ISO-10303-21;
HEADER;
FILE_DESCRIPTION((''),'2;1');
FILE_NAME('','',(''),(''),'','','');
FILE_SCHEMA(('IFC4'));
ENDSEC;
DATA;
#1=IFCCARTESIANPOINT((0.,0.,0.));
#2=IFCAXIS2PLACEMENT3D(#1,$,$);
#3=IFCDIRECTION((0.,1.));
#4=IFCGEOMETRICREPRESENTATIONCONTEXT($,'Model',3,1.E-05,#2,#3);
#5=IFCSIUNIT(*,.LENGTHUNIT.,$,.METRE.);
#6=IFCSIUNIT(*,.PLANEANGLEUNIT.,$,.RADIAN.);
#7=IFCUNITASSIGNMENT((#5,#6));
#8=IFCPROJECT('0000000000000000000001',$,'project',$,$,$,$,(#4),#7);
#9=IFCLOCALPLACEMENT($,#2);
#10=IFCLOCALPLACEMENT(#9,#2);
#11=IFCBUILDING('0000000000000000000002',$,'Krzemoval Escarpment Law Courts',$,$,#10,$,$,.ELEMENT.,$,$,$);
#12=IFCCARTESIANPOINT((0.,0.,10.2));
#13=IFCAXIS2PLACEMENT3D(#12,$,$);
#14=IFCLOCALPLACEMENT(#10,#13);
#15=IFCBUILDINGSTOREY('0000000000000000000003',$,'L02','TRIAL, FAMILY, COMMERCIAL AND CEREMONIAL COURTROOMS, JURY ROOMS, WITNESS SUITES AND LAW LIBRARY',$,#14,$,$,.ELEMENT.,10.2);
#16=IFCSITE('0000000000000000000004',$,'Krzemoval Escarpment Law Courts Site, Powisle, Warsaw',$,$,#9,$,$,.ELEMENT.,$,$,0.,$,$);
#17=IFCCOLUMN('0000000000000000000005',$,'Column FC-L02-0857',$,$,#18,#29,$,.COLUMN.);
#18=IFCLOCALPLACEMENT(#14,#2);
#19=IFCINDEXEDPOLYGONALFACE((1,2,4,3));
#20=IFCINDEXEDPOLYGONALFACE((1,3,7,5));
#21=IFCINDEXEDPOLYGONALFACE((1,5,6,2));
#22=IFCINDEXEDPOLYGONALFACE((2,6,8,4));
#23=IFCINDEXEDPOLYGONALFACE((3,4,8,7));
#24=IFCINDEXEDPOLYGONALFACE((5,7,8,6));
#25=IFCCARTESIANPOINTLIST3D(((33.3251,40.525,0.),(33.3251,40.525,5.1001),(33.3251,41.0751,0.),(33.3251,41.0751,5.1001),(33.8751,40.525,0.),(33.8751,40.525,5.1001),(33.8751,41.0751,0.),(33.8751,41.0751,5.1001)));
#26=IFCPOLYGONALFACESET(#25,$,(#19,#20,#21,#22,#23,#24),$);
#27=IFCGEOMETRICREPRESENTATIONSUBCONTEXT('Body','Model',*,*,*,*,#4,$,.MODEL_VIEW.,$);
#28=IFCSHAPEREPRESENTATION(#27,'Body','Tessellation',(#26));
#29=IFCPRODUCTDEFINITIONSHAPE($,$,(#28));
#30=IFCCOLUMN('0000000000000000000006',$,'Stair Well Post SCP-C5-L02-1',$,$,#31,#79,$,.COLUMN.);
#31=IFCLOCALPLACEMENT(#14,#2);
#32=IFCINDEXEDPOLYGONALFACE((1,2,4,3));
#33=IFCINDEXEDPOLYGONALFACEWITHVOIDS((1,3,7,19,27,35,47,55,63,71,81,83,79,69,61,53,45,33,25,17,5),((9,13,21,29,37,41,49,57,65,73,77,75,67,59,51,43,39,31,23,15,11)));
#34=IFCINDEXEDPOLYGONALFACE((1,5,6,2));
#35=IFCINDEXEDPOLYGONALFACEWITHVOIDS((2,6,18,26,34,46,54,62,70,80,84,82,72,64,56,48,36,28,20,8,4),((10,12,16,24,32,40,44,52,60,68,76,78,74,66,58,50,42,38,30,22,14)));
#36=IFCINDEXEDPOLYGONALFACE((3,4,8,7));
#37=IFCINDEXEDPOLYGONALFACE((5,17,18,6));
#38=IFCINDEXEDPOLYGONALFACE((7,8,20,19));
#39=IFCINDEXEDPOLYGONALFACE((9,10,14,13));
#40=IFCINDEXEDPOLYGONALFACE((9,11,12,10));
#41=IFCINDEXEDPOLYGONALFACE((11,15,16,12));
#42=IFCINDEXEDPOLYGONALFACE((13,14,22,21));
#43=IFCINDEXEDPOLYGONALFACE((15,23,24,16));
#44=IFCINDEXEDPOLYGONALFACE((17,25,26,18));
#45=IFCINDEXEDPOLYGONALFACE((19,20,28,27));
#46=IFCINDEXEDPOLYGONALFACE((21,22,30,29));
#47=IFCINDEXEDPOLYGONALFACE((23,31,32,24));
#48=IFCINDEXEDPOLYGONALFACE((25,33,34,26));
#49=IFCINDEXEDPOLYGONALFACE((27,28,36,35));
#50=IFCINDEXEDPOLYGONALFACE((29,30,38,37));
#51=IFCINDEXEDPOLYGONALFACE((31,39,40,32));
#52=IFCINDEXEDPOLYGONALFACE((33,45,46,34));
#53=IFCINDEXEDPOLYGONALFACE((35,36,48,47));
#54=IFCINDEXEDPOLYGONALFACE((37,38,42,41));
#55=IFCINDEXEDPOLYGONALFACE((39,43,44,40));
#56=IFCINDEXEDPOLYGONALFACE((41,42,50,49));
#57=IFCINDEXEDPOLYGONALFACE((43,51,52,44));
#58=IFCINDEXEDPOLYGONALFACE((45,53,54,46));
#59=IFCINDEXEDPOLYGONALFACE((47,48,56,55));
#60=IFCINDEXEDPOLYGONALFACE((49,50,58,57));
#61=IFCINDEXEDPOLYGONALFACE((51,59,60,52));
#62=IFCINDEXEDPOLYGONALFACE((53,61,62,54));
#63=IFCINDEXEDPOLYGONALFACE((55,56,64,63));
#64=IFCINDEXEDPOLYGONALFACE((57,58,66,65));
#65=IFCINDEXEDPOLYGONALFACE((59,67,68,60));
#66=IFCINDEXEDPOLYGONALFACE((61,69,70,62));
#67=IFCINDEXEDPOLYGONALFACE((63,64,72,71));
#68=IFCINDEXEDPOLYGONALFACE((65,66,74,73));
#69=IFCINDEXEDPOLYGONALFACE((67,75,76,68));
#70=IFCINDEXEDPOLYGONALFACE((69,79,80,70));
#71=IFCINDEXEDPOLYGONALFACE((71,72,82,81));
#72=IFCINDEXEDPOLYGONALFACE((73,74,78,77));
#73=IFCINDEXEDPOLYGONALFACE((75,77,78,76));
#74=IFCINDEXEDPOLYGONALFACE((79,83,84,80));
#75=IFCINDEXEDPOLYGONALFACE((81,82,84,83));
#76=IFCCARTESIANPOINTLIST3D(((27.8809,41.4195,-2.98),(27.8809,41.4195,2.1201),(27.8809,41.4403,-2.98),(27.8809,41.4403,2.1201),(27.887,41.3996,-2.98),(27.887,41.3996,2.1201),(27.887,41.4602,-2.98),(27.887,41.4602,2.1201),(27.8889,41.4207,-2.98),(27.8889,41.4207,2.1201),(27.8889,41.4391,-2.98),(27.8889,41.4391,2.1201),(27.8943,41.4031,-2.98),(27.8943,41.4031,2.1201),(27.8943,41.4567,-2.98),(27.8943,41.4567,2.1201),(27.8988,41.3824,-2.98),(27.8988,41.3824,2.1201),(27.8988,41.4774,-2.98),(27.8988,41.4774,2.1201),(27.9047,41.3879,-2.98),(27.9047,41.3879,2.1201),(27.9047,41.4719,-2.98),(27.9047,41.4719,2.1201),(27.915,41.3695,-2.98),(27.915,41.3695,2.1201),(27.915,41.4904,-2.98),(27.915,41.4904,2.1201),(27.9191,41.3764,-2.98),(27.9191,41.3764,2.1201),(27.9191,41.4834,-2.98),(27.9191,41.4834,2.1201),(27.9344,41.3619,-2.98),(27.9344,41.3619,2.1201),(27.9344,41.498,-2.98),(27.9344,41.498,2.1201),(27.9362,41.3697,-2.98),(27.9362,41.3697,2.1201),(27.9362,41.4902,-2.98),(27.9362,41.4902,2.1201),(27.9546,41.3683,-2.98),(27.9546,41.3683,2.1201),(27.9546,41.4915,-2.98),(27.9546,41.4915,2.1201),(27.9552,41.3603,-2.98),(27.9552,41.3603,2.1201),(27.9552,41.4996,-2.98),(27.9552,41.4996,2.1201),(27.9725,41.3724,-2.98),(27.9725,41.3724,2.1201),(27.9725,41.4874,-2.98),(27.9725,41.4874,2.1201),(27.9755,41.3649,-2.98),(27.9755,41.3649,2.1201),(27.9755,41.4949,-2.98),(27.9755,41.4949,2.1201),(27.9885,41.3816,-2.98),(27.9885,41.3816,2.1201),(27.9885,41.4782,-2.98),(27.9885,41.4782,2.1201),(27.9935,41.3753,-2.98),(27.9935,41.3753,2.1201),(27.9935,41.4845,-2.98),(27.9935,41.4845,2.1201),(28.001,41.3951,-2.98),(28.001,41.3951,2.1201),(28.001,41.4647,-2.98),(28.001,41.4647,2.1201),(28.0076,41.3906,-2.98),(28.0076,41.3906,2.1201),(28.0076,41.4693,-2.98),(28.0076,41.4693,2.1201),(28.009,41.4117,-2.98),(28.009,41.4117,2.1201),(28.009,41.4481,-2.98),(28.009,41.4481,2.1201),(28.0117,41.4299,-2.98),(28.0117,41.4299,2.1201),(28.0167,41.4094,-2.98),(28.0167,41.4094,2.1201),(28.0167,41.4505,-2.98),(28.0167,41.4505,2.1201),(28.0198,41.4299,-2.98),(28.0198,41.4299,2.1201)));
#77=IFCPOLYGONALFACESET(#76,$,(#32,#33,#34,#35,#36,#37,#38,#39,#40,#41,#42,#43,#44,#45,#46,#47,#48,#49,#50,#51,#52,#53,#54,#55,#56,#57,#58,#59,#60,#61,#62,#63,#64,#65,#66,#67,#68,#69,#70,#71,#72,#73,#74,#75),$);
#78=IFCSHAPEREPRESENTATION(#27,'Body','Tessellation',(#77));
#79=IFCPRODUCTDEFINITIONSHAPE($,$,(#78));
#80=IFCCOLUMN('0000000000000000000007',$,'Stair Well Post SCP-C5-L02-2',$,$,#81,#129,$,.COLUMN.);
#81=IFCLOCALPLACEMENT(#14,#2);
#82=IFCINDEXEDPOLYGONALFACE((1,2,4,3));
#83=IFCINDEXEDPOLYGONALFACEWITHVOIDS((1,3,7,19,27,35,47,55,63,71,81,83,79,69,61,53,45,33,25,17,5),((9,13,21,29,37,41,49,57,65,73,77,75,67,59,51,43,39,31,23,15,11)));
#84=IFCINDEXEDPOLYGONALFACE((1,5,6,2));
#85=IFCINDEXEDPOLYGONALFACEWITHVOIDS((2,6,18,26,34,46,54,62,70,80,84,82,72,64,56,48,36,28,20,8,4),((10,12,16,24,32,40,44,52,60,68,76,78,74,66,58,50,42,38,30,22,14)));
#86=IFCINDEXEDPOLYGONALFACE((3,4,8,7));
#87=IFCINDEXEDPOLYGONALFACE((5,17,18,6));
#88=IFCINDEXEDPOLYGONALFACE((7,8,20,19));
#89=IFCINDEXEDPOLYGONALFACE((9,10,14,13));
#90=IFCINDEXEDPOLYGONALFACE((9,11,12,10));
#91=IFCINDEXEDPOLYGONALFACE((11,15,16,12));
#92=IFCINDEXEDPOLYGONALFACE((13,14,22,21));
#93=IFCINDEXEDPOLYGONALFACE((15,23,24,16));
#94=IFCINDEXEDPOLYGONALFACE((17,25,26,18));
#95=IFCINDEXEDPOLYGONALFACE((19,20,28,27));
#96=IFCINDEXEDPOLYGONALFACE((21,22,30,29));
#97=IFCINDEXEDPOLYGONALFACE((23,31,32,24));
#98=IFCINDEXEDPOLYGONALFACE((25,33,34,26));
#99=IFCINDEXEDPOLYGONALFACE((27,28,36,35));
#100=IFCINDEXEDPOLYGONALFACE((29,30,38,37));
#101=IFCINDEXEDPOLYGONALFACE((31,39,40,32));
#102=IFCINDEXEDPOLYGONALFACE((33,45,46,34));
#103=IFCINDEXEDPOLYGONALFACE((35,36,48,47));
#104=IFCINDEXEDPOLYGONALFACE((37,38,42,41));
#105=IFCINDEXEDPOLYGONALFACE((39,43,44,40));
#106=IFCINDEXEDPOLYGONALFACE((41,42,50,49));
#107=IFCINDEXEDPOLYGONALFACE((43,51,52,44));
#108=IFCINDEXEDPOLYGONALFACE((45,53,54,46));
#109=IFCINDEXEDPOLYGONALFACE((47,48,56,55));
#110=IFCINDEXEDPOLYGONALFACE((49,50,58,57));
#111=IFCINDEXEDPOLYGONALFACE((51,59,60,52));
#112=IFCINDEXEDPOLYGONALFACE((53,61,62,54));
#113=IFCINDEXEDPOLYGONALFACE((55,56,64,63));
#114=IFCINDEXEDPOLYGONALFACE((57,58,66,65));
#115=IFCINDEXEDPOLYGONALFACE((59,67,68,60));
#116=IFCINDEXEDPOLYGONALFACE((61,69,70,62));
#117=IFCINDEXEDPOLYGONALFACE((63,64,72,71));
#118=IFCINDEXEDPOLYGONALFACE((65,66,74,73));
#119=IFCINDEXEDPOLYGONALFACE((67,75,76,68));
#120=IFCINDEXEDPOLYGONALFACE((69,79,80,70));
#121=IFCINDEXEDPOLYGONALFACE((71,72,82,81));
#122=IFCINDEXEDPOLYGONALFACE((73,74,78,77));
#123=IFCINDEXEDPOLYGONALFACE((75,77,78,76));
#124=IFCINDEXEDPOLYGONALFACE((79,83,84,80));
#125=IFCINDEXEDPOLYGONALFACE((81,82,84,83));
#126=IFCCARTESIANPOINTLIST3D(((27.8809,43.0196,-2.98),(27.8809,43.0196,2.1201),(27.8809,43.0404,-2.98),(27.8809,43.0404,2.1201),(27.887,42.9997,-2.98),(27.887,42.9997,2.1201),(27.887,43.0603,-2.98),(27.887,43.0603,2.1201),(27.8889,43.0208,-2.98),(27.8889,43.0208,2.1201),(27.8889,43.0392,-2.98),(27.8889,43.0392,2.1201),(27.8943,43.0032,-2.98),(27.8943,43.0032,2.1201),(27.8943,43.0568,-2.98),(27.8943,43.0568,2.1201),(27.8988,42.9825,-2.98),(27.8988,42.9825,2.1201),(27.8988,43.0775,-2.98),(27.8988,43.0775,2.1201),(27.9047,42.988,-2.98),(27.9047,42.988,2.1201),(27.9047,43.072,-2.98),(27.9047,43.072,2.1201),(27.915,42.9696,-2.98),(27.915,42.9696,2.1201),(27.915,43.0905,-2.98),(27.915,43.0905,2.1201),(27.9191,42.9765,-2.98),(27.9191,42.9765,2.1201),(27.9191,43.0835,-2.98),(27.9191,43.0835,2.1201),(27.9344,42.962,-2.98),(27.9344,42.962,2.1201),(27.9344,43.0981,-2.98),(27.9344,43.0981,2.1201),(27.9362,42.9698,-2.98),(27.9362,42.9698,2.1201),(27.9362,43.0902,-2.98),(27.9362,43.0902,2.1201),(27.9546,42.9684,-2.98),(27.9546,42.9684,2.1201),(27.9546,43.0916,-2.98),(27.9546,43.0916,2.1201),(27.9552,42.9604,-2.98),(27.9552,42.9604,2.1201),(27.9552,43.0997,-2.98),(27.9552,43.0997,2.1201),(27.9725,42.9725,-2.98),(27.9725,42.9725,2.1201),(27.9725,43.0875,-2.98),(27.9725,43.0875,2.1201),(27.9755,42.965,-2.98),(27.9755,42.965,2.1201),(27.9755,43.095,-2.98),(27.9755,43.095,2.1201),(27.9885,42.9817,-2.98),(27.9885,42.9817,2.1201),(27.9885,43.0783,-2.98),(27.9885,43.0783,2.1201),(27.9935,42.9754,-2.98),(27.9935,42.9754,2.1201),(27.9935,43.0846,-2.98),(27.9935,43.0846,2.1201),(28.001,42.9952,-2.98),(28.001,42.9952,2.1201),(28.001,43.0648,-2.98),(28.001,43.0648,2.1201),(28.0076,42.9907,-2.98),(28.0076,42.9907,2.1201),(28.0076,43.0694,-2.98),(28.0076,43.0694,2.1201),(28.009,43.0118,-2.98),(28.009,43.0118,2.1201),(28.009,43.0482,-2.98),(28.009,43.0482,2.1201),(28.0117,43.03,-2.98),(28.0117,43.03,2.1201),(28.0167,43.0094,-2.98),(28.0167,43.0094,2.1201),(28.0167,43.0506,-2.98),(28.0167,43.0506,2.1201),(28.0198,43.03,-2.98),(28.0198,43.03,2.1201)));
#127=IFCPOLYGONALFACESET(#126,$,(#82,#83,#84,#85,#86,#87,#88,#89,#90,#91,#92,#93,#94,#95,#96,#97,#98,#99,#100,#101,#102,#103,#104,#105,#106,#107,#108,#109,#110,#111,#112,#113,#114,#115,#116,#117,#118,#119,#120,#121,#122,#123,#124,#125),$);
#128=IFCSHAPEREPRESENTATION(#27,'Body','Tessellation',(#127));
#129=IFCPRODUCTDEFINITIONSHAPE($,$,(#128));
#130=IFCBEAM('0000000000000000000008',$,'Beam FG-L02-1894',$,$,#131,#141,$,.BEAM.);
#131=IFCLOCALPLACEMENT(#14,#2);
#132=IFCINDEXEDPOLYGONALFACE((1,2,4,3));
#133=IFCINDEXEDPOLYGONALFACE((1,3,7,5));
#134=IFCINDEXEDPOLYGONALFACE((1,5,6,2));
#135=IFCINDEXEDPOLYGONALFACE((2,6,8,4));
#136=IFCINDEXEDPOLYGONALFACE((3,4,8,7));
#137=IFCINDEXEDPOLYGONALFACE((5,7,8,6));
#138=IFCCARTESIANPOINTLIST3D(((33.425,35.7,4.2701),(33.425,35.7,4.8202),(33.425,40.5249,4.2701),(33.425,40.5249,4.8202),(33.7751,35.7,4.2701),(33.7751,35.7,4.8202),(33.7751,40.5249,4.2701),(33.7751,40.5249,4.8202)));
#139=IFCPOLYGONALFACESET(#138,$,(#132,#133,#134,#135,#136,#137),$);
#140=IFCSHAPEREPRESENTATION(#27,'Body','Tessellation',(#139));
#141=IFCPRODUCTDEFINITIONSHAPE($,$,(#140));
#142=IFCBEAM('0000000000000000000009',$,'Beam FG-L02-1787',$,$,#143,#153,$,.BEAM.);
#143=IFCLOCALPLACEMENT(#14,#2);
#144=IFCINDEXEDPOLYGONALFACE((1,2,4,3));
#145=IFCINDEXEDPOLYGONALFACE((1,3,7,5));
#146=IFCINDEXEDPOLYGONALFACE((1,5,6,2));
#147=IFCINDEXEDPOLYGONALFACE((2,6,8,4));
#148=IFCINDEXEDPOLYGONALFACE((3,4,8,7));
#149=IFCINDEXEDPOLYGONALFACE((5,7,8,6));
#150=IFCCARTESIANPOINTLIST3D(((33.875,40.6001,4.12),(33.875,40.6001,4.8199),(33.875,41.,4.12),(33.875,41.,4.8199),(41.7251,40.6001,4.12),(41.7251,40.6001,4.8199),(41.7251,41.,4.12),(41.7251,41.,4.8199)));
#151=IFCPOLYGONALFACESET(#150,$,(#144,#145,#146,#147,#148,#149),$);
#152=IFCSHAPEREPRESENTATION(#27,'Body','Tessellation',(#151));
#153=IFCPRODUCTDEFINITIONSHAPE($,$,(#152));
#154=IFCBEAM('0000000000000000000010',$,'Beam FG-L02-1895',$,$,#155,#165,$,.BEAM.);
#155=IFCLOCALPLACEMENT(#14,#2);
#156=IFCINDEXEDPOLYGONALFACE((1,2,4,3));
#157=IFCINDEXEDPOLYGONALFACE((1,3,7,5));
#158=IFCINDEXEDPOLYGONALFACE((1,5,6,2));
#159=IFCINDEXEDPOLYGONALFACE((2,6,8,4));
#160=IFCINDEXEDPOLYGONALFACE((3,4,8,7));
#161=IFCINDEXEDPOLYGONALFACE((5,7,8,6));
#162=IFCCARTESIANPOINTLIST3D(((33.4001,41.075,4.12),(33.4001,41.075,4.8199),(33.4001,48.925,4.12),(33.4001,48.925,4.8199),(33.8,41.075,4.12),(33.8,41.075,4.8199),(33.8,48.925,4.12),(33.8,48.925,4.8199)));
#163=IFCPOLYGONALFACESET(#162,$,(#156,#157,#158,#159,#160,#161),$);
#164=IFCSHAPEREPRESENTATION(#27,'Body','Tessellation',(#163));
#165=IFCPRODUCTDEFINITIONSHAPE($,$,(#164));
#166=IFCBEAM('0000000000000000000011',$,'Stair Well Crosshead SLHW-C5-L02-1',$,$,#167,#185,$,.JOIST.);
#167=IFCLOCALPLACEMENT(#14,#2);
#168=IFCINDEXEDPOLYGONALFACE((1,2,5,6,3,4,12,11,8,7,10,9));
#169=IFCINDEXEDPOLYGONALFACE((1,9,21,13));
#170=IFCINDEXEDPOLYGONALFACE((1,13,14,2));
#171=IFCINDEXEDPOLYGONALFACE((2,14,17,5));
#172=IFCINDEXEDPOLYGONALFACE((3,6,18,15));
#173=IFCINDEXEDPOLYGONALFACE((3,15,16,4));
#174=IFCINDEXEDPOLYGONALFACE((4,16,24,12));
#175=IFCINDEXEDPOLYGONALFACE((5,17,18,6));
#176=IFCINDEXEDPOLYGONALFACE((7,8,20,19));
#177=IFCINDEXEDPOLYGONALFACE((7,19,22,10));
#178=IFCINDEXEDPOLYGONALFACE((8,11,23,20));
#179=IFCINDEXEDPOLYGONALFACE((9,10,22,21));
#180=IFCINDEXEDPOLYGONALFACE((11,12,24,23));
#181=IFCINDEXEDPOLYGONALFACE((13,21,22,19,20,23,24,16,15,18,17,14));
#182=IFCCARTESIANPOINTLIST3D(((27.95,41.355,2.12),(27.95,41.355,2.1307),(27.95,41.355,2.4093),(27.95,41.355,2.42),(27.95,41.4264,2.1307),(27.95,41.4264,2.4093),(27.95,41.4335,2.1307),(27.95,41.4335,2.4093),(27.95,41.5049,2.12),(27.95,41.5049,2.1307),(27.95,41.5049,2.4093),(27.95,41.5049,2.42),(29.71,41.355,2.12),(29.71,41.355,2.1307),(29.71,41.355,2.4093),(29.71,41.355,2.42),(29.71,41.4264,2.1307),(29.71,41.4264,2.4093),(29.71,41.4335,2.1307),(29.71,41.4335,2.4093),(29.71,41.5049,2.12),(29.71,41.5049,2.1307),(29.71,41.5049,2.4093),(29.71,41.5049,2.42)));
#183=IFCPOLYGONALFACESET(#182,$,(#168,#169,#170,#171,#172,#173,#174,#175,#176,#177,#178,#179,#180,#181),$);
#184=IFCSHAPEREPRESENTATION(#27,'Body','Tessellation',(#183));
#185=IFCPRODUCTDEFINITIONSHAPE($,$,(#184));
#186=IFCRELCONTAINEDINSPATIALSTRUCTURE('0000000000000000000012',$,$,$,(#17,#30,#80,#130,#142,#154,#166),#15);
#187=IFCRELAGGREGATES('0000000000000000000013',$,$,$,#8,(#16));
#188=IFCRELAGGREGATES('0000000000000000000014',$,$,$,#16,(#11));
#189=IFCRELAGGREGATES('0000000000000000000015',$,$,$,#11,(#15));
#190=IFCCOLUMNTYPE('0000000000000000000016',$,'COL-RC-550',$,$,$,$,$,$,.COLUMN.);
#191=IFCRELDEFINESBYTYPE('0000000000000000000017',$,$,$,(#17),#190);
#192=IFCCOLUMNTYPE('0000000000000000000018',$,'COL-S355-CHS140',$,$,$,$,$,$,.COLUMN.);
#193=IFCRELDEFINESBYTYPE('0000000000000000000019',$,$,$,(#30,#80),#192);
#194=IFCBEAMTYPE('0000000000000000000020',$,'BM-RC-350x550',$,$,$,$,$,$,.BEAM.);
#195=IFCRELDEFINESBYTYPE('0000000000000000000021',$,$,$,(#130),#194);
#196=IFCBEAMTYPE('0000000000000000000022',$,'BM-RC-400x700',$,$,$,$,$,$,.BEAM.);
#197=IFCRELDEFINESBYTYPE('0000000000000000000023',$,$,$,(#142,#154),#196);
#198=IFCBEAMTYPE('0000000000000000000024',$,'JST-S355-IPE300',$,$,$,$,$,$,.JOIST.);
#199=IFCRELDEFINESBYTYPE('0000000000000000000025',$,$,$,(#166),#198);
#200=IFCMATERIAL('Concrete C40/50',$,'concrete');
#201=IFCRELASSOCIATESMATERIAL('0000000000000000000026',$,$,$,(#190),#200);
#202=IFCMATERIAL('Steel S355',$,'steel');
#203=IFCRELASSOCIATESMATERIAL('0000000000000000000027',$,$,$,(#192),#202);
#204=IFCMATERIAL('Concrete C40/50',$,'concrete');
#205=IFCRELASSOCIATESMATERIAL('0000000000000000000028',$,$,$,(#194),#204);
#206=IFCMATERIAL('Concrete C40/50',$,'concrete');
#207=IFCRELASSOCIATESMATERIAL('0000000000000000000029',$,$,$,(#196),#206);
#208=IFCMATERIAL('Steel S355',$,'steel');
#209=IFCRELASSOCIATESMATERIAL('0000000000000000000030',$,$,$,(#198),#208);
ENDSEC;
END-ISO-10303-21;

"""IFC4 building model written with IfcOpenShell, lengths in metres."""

from ifc_helpers import new_model, si_unit, direction, frame, origin, origin_2d, place, context, subcontext, project, spatial, rectangle, hollow_circle, i_section, extrude, material, material_profile, profile_set, type_object, element, save


model = new_model("IFC4")

# Units and contexts
model_context = context("Model", 3, precision=1e-05, world=origin(), true_north=direction((0.0, 1.0)))
body_context = subcontext(model_context, "Body", "Model", "MODEL_VIEW")
ifc_project = project(units=[si_unit("LENGTHUNIT", "METRE"), si_unit("PLANEANGLEUNIT", "RADIAN")], contexts=[model_context])

# Site, building, storey
site_placement = place(None, origin())
site = spatial("IfcSite", under=ifc_project, at=site_placement, Name="Krzemoval Escarpment Law Courts Site, Powisle, Warsaw", CompositionType="ELEMENT", RefElevation=0.0)
building_placement = place(site_placement, origin())
building = spatial("IfcBuilding", under=site, at=building_placement, Name="Krzemoval Escarpment Law Courts", CompositionType="ELEMENT")
storey_placement = place(building_placement, frame((0.0, 0.0, 10.2)))
storey = spatial("IfcBuildingStorey", under=building, at=storey_placement, Name="L02", Description="TRIAL, FAMILY, COMMERCIAL AND CEREMONIAL COURTROOMS, JURY ROOMS, WITNESS SUITES AND LAW LIBRARY", CompositionType="ELEMENT", Elevation=10.2)

# Columns
ifc_material_1 = material(Name="Concrete C40/50", Category="concrete")
ifc_material_profile_1 = material_profile(ifc_material_1, rectangle(XDim=0.55, YDim=0.55, at=origin_2d()), Name="RC 550x550")
ifc_profile_set_1 = profile_set([ifc_material_profile_1], Name="Concrete C40/50")
column_type_1 = type_object("IfcColumnType", Name="COL-RC-550", PredefinedType="COLUMN", material=ifc_profile_set_1)
column_placement = place(storey_placement, frame((33.6001, 40.8, 0.0), z_axis=(0.0, 0.0, 1.0), x_axis=(1.0, 0.0, 0.0)))
element("IfcColumn", 1, at=column_placement, inside=storey, type_object=column_type_1, Name="Column FC-L02-0857", PredefinedType="COLUMN", context=body_context, shape_type="SweptSolid", body=[
    extrude(rectangle(XDim=0.55, YDim=0.55, at=origin_2d()), origin(), (0.0, 0.0, 1.0), 5.1001),
])
ifc_material_2 = material(Name="Steel S355", Category="steel")
ifc_material_profile_2 = material_profile(ifc_material_2, hollow_circle(Radius=0.0698, WallThickness=0.0081, at=origin_2d()), Name="CHS 139.7x8")
ifc_profile_set_2 = profile_set([ifc_material_profile_2], Name="Steel S355")
column_type_2 = type_object("IfcColumnType", Name="COL-S355-CHS140", PredefinedType="COLUMN", material=ifc_profile_set_2)
for number, where, z_axis, x_axis, name in (
    (2, (27.95, 41.4299, -2.98), (0.0, 0.0, 1.0), (1.0, 0.0, 0.0), "Stair Well Post SCP-C5-L02-1"),
    (3, (27.95, 43.03, -2.98), (0.0, 0.0, 1.0), (1.0, 0.0, 0.0), "Stair Well Post SCP-C5-L02-2"),
):
    element("IfcColumn", number, at=place(storey_placement, frame(where, z_axis=z_axis, x_axis=x_axis)), inside=storey, type_object=column_type_2, Name=name, PredefinedType="COLUMN", context=body_context, shape_type="SweptSolid", body=[
        extrude(hollow_circle(Radius=0.0698, WallThickness=0.0081, at=origin_2d()), origin(), (0.0, 0.0, 1.0), 5.1001),
    ])

# Beams
ifc_material_3 = material(Name="Concrete C40/50", Category="concrete")
ifc_material_profile_3 = material_profile(ifc_material_3, rectangle(XDim=0.3501, YDim=0.55, at=origin_2d()), Name="RCB 350x550")
ifc_profile_set_3 = profile_set([ifc_material_profile_3], Name="Concrete C40/50")
beam_type_1 = type_object("IfcBeamType", Name="BM-RC-350x550", PredefinedType="BEAM", material=ifc_profile_set_3)
beam_1_placement = place(storey_placement, frame((33.6001, 35.7, 4.5452), z_axis=(0.0, 1.0, 0.0), x_axis=(-1.0, 0.0, 0.0)))
element("IfcBeam", 4, at=beam_1_placement, inside=storey, type_object=beam_type_1, Name="Beam FG-L02-1894", PredefinedType="BEAM", context=body_context, shape_type="SweptSolid", body=[
    extrude(rectangle(XDim=0.3501, YDim=0.55, at=origin_2d()), origin(), (0.0, 0.0, 1.0), 4.825),
])
ifc_material_4 = material(Name="Concrete C40/50", Category="concrete")
ifc_material_profile_4 = material_profile(ifc_material_4, rectangle(XDim=0.3999, YDim=0.7, at=origin_2d()), Name="RCB 400x700")
ifc_profile_set_4 = profile_set([ifc_material_profile_4], Name="Concrete C40/50")
beam_type_2 = type_object("IfcBeamType", Name="BM-RC-400x700", PredefinedType="BEAM", material=ifc_profile_set_4)
for number, where, z_axis, x_axis, name in (
    (5, (33.875, 40.8, 4.47), (1.0, 0.0, 0.0), (0.0, 1.0, 0.0), "Beam FG-L02-1787"),
    (6, (33.6001, 41.075, 4.47), (0.0, 1.0, 0.0), (-1.0, 0.0, 0.0), "Beam FG-L02-1895"),
):
    element("IfcBeam", number, at=place(storey_placement, frame(where, z_axis=z_axis, x_axis=x_axis)), inside=storey, type_object=beam_type_2, Name=name, PredefinedType="BEAM", context=body_context, shape_type="SweptSolid", body=[
        extrude(rectangle(XDim=0.3999, YDim=0.7, at=origin_2d()), origin(), (0.0, 0.0, 1.0), 7.8501),
    ])
ifc_material_5 = material(Name="Steel S355", Category="steel")
ifc_material_profile_5 = material_profile(ifc_material_5, i_section(OverallWidth=0.1499, OverallDepth=0.3, WebThickness=0.0071, FlangeThickness=0.0107, at=origin_2d()), Name="IPE 300")
ifc_profile_set_5 = profile_set([ifc_material_profile_5], Name="Steel S355")
beam_type_3 = type_object("IfcBeamType", Name="JST-S355-IPE300", PredefinedType="JOIST", material=ifc_profile_set_5)
for number, where, z_axis, x_axis, name in (
    (7, (27.95, 41.4299, 2.27), (1.0, 0.0, 0.0), (0.0, 1.0, 0.0), "Stair Well Crosshead SLHW-C5-L02-1"),
):
    element("IfcBeam", number, at=place(storey_placement, frame(where, z_axis=z_axis, x_axis=x_axis)), inside=storey, type_object=beam_type_3, Name=name, PredefinedType="JOIST", context=body_context, shape_type="SweptSolid", body=[
        extrude(i_section(OverallWidth=0.1499, OverallDepth=0.3, WebThickness=0.0071, FlangeThickness=0.0107, at=origin_2d()), origin(), (0.0, 0.0, 1.0), 1.76),
    ])

save(model, "model.ifc")
